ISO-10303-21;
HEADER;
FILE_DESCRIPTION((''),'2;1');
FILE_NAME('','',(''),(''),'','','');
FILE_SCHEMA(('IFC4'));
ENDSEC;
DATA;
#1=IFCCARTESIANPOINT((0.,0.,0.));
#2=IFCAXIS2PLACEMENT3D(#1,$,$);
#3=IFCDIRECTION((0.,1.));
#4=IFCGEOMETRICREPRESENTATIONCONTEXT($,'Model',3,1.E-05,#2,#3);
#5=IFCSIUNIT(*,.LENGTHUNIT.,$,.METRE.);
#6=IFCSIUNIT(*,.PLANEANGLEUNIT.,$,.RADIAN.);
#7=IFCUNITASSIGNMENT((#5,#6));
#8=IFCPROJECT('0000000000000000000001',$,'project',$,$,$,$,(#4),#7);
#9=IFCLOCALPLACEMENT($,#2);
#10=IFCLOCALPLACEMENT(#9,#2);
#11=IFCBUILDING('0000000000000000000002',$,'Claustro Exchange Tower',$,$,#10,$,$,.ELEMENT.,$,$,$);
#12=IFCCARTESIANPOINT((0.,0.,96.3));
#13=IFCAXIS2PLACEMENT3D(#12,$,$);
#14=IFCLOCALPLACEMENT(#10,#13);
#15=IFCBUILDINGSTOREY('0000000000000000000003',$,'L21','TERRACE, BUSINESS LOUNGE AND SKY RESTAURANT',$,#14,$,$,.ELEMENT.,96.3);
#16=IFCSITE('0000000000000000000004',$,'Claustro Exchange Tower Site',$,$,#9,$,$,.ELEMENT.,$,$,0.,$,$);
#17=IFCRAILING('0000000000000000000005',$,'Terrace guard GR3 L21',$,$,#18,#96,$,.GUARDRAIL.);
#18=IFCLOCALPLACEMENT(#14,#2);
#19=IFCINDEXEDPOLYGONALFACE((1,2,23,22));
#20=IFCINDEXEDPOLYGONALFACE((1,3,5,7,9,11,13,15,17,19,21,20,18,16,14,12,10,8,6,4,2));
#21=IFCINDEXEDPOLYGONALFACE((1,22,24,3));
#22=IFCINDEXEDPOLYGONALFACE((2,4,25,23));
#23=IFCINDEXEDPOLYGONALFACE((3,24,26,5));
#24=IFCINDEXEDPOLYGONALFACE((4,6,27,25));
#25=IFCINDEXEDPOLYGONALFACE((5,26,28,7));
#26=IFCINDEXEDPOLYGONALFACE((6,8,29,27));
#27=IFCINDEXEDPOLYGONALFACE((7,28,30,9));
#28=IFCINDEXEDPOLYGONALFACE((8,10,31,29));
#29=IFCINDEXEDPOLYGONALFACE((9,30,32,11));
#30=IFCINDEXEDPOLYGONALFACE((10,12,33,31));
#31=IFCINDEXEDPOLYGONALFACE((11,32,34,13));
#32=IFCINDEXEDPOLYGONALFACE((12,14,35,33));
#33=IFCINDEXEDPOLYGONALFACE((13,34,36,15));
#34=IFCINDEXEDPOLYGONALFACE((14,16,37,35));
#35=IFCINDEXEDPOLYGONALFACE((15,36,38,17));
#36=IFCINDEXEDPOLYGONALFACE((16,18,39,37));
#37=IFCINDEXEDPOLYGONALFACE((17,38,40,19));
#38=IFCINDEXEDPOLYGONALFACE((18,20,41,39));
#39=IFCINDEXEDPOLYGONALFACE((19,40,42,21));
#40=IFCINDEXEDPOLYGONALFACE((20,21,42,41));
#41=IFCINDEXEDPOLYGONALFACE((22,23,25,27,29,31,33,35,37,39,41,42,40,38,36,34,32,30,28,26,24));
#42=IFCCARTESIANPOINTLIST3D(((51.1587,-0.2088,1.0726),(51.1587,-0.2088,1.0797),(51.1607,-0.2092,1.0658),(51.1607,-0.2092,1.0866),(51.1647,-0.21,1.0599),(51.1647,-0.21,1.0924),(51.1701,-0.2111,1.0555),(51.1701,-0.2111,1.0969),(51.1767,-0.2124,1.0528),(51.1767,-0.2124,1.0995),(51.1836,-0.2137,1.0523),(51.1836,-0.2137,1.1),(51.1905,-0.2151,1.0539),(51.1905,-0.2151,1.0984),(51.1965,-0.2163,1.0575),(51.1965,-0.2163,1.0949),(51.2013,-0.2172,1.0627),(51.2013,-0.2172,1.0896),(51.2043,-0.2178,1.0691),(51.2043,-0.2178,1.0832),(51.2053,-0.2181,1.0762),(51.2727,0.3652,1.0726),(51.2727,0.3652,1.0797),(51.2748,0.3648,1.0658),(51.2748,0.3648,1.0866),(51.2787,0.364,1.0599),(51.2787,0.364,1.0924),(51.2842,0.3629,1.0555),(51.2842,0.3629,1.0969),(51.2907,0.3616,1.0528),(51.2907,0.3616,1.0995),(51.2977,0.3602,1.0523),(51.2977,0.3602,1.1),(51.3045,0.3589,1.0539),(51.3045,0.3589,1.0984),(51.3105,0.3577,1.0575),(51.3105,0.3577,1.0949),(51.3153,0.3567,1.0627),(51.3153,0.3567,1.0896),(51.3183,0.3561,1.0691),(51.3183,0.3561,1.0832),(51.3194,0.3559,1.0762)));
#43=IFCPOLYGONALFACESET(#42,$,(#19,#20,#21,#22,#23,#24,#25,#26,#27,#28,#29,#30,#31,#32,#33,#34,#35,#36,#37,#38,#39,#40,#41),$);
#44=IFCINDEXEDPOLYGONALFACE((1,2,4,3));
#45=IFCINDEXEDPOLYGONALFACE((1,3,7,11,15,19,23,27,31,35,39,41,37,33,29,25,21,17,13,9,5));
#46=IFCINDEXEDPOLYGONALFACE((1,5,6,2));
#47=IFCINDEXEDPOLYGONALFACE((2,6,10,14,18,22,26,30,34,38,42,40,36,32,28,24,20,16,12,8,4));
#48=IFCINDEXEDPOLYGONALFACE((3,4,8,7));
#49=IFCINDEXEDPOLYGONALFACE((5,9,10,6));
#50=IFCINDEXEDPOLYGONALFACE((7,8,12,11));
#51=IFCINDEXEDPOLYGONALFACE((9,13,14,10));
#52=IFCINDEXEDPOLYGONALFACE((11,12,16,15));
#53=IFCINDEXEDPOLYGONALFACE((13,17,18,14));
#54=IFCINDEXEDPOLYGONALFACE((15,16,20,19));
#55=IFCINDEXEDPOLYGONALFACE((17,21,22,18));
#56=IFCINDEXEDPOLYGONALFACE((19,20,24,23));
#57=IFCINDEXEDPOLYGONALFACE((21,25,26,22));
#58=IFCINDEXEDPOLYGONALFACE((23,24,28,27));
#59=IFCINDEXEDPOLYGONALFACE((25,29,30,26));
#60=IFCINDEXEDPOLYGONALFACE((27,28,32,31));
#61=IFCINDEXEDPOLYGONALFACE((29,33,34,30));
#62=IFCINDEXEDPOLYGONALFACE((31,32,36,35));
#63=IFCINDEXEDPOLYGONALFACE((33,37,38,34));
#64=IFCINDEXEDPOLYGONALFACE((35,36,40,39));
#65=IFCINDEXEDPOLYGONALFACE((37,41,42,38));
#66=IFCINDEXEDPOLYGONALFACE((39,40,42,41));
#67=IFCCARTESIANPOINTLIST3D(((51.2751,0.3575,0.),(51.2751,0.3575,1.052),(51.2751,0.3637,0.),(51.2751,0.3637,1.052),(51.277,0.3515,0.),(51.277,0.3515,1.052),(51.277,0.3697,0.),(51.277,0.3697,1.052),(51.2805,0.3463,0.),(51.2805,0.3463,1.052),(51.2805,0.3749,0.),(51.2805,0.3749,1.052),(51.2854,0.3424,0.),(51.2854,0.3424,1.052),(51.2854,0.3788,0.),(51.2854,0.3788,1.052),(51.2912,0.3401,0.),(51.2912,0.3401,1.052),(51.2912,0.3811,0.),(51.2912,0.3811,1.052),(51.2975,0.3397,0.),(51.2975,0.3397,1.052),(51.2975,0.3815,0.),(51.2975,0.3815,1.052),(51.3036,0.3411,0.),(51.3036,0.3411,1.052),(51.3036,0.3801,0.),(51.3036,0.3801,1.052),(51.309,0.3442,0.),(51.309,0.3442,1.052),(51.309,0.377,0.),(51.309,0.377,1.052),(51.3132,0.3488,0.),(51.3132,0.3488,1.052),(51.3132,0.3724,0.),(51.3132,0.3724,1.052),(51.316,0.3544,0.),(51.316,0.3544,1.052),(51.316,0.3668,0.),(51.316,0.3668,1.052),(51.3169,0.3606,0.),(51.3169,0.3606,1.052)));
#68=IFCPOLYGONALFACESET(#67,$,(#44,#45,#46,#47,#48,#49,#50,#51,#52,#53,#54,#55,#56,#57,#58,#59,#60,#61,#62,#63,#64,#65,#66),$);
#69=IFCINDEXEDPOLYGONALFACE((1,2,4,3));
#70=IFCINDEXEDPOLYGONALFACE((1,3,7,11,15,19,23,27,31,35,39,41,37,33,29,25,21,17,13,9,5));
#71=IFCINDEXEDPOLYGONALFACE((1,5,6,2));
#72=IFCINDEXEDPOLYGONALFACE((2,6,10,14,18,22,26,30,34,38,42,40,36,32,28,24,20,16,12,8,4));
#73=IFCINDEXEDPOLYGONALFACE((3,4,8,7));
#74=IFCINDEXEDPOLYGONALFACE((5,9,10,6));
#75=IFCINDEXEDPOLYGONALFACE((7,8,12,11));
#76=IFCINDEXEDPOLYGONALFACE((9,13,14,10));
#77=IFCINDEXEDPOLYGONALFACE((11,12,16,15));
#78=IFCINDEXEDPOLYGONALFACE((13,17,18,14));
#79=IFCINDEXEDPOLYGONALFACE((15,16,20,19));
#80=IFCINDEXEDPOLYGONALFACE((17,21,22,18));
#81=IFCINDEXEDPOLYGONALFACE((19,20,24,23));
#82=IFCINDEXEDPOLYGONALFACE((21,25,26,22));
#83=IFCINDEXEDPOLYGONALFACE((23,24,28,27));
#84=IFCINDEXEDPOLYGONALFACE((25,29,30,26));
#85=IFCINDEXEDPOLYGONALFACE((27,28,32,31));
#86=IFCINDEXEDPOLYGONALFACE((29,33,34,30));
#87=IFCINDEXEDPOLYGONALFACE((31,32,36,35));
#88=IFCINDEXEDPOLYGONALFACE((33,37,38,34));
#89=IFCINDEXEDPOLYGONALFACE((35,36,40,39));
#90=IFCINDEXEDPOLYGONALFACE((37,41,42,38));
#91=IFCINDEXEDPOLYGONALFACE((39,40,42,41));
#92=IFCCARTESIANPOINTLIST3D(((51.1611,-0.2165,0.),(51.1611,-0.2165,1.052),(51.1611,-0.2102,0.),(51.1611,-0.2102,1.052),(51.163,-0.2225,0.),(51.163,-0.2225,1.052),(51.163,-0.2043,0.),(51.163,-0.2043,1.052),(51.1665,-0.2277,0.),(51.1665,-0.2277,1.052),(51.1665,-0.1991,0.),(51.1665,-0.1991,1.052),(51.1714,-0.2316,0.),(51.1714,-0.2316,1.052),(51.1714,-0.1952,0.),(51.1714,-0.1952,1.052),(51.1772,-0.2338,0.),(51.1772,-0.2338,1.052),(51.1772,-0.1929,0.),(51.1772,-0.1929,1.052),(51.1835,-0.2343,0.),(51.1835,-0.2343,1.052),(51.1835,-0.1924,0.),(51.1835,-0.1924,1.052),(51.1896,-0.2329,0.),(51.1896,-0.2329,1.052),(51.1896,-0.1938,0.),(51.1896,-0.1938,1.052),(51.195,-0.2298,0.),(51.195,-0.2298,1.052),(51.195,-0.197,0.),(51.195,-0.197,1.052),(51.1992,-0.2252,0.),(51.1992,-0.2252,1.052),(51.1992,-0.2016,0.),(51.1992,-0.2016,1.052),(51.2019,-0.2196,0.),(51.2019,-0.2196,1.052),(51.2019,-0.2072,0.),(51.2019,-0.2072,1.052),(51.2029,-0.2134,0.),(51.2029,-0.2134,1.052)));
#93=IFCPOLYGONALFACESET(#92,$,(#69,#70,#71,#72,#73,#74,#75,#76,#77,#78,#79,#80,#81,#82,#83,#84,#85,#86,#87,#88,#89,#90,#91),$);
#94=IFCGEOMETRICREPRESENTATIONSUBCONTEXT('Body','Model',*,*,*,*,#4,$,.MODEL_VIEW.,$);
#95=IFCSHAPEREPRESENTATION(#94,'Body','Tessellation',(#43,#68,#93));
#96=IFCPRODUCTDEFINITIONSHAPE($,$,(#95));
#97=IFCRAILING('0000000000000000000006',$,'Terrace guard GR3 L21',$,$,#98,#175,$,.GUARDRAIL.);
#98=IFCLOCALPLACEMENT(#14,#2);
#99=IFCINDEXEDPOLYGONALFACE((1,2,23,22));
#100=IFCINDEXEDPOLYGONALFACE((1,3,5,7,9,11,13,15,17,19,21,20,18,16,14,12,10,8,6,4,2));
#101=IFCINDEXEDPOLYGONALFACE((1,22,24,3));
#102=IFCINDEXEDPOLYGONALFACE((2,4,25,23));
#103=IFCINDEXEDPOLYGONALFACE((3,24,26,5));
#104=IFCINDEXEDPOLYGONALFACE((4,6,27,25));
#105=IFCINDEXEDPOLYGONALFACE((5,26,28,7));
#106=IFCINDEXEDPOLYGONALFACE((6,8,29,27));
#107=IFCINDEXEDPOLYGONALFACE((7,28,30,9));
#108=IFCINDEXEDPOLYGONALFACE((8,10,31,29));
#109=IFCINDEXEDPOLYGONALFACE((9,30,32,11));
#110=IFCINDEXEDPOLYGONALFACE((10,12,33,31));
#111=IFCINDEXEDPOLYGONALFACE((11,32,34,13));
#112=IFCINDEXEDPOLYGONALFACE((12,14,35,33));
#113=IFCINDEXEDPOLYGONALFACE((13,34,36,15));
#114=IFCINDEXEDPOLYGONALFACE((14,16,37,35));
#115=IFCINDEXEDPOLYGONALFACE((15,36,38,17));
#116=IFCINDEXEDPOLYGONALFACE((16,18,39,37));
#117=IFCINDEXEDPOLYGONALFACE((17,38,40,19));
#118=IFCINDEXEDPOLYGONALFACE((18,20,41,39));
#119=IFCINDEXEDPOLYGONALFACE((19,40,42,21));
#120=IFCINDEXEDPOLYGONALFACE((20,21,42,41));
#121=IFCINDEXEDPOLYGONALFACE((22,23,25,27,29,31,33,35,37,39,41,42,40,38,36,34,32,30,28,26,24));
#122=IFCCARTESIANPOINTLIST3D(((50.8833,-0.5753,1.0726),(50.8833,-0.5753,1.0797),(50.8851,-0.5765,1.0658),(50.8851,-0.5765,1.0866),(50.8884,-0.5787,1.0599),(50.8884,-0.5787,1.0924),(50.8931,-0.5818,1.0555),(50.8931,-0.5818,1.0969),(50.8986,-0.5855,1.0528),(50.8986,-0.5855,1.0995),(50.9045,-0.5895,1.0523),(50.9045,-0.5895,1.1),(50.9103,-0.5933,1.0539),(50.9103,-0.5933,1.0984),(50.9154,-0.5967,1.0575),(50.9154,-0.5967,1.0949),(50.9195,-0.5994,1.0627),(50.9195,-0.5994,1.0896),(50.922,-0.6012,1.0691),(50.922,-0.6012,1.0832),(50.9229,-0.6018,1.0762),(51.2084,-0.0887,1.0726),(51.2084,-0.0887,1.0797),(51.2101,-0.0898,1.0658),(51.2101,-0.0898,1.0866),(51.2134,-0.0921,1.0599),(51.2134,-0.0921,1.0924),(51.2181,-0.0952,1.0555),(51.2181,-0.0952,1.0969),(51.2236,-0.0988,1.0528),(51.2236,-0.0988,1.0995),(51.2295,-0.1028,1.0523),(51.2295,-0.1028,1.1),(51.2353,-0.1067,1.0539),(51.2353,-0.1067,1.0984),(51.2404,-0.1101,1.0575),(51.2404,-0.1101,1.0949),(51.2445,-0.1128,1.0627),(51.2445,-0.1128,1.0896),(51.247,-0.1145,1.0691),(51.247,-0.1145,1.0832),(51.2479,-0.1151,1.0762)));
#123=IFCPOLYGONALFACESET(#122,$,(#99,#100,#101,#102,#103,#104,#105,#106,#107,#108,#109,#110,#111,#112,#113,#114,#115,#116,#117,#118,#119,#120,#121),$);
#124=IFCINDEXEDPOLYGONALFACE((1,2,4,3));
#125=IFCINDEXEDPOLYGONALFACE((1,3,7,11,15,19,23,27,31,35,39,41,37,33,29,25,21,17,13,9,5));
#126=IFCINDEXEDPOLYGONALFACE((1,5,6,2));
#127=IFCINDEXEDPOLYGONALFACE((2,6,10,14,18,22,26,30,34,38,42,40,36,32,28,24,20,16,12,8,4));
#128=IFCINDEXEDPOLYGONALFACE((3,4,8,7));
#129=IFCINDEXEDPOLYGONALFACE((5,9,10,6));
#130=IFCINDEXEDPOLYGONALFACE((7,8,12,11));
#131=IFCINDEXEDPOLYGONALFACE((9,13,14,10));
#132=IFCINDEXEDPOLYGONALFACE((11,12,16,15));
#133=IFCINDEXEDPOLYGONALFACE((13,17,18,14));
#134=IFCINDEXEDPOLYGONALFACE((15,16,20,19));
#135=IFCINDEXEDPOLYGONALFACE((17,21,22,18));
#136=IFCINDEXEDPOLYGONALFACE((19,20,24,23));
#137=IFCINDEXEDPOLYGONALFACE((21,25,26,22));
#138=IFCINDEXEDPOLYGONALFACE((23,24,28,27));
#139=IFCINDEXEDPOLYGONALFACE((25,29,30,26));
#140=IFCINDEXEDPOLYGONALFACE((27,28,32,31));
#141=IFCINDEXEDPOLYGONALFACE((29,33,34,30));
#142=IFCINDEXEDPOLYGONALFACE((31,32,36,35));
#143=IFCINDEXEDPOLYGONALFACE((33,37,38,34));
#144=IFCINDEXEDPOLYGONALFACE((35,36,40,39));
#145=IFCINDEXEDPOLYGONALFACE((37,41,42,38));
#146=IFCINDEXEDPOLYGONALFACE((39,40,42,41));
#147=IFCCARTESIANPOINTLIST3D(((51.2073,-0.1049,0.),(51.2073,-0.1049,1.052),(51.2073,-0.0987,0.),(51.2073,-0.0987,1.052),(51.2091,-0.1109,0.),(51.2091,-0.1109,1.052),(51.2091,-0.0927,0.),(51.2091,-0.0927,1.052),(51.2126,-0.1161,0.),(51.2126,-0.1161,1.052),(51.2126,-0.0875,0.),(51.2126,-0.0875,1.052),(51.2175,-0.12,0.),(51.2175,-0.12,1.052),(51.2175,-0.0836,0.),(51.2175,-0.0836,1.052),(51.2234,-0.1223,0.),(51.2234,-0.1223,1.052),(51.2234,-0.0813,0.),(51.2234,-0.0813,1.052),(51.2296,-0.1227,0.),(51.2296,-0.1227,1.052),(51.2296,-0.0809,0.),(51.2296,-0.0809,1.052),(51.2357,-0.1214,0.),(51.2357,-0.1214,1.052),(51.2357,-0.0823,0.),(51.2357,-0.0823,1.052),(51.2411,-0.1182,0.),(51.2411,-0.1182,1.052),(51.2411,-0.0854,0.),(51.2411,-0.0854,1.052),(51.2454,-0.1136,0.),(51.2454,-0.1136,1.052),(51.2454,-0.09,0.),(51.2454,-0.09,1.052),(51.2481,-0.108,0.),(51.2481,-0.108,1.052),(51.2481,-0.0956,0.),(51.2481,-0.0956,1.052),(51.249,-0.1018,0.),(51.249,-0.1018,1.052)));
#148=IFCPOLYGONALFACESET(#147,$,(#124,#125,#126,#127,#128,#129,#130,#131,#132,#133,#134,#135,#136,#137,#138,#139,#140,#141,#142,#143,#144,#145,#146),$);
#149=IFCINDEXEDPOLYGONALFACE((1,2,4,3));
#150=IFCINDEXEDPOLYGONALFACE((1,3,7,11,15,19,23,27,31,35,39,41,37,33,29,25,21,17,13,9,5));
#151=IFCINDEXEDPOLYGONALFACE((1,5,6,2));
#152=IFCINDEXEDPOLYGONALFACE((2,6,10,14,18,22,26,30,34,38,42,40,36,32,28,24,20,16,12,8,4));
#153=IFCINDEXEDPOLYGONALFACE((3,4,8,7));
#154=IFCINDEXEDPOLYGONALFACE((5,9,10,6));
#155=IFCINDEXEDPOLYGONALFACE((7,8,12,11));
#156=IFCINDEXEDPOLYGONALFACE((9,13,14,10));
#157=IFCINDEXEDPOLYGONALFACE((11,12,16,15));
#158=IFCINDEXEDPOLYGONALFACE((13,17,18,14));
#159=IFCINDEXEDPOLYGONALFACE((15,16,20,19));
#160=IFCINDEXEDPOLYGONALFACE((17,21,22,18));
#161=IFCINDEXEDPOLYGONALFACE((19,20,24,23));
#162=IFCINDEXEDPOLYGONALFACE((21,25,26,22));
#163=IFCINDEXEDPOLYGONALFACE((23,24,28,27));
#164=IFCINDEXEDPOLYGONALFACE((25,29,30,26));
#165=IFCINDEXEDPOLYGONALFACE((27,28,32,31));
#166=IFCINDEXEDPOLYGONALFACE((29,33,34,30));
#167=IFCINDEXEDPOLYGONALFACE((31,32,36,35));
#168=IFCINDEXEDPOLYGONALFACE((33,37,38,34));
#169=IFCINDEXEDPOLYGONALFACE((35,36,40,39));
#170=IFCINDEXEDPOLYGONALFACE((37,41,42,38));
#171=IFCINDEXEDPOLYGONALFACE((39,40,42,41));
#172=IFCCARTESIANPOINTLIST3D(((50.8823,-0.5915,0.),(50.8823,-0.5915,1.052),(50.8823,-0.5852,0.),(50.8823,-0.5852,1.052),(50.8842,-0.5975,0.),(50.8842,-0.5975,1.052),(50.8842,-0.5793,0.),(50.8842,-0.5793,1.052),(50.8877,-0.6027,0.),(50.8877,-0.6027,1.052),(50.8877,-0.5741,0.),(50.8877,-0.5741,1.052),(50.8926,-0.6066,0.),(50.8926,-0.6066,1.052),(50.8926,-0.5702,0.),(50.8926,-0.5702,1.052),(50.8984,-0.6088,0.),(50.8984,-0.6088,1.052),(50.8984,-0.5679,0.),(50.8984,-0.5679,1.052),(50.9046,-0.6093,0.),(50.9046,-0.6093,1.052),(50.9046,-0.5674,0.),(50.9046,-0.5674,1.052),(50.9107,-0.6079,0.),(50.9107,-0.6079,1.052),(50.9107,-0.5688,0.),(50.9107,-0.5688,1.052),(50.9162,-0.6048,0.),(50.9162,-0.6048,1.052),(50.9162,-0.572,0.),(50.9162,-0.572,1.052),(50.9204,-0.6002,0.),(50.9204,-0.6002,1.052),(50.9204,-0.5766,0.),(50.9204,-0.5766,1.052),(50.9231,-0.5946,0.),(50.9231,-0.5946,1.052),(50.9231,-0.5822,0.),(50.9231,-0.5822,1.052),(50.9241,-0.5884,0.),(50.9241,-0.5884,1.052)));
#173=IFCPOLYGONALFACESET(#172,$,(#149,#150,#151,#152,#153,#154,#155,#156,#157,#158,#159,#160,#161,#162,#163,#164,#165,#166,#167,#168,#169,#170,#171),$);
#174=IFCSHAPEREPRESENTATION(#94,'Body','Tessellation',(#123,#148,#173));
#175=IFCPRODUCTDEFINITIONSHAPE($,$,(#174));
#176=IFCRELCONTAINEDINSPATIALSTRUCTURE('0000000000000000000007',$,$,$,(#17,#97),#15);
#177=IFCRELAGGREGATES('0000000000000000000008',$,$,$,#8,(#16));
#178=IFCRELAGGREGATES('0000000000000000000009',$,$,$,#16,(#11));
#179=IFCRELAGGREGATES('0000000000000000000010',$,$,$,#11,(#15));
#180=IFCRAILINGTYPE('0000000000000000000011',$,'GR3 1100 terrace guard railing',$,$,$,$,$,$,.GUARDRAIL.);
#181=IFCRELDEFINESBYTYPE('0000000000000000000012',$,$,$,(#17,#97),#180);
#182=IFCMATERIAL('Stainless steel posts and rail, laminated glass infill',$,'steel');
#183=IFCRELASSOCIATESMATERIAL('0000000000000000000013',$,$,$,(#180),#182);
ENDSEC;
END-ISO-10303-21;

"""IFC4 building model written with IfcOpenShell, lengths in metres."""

from ifc_helpers import new_model, si_unit, direction, frame, origin, origin_2d, place, context, subcontext, project, spatial, circle, extrude, material, type_object, element, save


model = new_model("IFC4")

# Units and contexts
model_context = context("Model", 3, precision=1e-05, world=origin(), true_north=direction((0.0, 1.0)))
body_context = subcontext(model_context, "Body", "Model", "MODEL_VIEW")
ifc_project = project(units=[si_unit("LENGTHUNIT", "METRE"), si_unit("PLANEANGLEUNIT", "RADIAN")], contexts=[model_context])

# Site, building, storey
site_placement = place(None, origin())
site = spatial("IfcSite", under=ifc_project, at=site_placement, Name="Claustro Exchange Tower Site", CompositionType="ELEMENT", RefElevation=0.0)
building_placement = place(site_placement, origin())
building = spatial("IfcBuilding", under=site, at=building_placement, Name="Claustro Exchange Tower", CompositionType="ELEMENT")
storey_placement = place(building_placement, frame((0.0, 0.0, 96.3)))
storey = spatial("IfcBuildingStorey", under=building, at=storey_placement, Name="L21", Description="TERRACE, BUSINESS LOUNGE AND SKY RESTAURANT", CompositionType="ELEMENT", Elevation=96.3)

# Railings
ifc_material_1 = material(Name="Stainless steel posts and rail, laminated glass infill", Category="steel")
railing_type = type_object("IfcRailingType", Name="GR3 1100 terrace guard railing", PredefinedType="GUARDRAIL", material=ifc_material_1)
railing_1_placement = place(storey_placement, frame((51.2959, 0.3606, 0.0)))
element("IfcRailing", 1, at=railing_1_placement, inside=storey, type_object=railing_type, Name="Terrace guard GR3 L21", PredefinedType="GUARDRAIL", context=body_context, shape_type="SweptSolid", body=[
    extrude(circle(Radius=0.0239, at=origin_2d()), frame((0.0, 0.0, 1.0762), z_axis=(-0.194832, -0.980837, 0.0), x_axis=(0.980837, -0.194832, 0.0)), (0.0, 0.0, 1.0), 0.5852),
    extrude(circle(Radius=0.021, at=origin_2d()), origin(), (0.0, 0.0, 1.0), 1.052),
    extrude(circle(Radius=0.021, at=origin_2d()), frame((-0.114, -0.574, 0.0)), (0.0, 0.0, 1.0), 1.052),
])
railing_2_placement = place(storey_placement, frame((51.228, -0.1018, 0.0)))
element("IfcRailing", 2, at=railing_2_placement, inside=storey, type_object=railing_type, Name="Terrace guard GR3 L21", PredefinedType="GUARDRAIL", context=body_context, shape_type="SweptSolid", body=[
    extrude(circle(Radius=0.0239, at=origin_2d()), frame((0.0, 0.0, 1.0762), z_axis=(-0.555374, -0.831601, 0.0), x_axis=(0.831601, -0.555374, 0.0)), (0.0, 0.0, 1.0), 0.5852),
    extrude(circle(Radius=0.021, at=origin_2d()), origin(), (0.0, 0.0, 1.0), 1.052),
    extrude(circle(Radius=0.021, at=origin_2d()), frame((-0.325, -0.4866, 0.0)), (0.0, 0.0, 1.0), 1.052),
])

save(model, "model.ifc")
